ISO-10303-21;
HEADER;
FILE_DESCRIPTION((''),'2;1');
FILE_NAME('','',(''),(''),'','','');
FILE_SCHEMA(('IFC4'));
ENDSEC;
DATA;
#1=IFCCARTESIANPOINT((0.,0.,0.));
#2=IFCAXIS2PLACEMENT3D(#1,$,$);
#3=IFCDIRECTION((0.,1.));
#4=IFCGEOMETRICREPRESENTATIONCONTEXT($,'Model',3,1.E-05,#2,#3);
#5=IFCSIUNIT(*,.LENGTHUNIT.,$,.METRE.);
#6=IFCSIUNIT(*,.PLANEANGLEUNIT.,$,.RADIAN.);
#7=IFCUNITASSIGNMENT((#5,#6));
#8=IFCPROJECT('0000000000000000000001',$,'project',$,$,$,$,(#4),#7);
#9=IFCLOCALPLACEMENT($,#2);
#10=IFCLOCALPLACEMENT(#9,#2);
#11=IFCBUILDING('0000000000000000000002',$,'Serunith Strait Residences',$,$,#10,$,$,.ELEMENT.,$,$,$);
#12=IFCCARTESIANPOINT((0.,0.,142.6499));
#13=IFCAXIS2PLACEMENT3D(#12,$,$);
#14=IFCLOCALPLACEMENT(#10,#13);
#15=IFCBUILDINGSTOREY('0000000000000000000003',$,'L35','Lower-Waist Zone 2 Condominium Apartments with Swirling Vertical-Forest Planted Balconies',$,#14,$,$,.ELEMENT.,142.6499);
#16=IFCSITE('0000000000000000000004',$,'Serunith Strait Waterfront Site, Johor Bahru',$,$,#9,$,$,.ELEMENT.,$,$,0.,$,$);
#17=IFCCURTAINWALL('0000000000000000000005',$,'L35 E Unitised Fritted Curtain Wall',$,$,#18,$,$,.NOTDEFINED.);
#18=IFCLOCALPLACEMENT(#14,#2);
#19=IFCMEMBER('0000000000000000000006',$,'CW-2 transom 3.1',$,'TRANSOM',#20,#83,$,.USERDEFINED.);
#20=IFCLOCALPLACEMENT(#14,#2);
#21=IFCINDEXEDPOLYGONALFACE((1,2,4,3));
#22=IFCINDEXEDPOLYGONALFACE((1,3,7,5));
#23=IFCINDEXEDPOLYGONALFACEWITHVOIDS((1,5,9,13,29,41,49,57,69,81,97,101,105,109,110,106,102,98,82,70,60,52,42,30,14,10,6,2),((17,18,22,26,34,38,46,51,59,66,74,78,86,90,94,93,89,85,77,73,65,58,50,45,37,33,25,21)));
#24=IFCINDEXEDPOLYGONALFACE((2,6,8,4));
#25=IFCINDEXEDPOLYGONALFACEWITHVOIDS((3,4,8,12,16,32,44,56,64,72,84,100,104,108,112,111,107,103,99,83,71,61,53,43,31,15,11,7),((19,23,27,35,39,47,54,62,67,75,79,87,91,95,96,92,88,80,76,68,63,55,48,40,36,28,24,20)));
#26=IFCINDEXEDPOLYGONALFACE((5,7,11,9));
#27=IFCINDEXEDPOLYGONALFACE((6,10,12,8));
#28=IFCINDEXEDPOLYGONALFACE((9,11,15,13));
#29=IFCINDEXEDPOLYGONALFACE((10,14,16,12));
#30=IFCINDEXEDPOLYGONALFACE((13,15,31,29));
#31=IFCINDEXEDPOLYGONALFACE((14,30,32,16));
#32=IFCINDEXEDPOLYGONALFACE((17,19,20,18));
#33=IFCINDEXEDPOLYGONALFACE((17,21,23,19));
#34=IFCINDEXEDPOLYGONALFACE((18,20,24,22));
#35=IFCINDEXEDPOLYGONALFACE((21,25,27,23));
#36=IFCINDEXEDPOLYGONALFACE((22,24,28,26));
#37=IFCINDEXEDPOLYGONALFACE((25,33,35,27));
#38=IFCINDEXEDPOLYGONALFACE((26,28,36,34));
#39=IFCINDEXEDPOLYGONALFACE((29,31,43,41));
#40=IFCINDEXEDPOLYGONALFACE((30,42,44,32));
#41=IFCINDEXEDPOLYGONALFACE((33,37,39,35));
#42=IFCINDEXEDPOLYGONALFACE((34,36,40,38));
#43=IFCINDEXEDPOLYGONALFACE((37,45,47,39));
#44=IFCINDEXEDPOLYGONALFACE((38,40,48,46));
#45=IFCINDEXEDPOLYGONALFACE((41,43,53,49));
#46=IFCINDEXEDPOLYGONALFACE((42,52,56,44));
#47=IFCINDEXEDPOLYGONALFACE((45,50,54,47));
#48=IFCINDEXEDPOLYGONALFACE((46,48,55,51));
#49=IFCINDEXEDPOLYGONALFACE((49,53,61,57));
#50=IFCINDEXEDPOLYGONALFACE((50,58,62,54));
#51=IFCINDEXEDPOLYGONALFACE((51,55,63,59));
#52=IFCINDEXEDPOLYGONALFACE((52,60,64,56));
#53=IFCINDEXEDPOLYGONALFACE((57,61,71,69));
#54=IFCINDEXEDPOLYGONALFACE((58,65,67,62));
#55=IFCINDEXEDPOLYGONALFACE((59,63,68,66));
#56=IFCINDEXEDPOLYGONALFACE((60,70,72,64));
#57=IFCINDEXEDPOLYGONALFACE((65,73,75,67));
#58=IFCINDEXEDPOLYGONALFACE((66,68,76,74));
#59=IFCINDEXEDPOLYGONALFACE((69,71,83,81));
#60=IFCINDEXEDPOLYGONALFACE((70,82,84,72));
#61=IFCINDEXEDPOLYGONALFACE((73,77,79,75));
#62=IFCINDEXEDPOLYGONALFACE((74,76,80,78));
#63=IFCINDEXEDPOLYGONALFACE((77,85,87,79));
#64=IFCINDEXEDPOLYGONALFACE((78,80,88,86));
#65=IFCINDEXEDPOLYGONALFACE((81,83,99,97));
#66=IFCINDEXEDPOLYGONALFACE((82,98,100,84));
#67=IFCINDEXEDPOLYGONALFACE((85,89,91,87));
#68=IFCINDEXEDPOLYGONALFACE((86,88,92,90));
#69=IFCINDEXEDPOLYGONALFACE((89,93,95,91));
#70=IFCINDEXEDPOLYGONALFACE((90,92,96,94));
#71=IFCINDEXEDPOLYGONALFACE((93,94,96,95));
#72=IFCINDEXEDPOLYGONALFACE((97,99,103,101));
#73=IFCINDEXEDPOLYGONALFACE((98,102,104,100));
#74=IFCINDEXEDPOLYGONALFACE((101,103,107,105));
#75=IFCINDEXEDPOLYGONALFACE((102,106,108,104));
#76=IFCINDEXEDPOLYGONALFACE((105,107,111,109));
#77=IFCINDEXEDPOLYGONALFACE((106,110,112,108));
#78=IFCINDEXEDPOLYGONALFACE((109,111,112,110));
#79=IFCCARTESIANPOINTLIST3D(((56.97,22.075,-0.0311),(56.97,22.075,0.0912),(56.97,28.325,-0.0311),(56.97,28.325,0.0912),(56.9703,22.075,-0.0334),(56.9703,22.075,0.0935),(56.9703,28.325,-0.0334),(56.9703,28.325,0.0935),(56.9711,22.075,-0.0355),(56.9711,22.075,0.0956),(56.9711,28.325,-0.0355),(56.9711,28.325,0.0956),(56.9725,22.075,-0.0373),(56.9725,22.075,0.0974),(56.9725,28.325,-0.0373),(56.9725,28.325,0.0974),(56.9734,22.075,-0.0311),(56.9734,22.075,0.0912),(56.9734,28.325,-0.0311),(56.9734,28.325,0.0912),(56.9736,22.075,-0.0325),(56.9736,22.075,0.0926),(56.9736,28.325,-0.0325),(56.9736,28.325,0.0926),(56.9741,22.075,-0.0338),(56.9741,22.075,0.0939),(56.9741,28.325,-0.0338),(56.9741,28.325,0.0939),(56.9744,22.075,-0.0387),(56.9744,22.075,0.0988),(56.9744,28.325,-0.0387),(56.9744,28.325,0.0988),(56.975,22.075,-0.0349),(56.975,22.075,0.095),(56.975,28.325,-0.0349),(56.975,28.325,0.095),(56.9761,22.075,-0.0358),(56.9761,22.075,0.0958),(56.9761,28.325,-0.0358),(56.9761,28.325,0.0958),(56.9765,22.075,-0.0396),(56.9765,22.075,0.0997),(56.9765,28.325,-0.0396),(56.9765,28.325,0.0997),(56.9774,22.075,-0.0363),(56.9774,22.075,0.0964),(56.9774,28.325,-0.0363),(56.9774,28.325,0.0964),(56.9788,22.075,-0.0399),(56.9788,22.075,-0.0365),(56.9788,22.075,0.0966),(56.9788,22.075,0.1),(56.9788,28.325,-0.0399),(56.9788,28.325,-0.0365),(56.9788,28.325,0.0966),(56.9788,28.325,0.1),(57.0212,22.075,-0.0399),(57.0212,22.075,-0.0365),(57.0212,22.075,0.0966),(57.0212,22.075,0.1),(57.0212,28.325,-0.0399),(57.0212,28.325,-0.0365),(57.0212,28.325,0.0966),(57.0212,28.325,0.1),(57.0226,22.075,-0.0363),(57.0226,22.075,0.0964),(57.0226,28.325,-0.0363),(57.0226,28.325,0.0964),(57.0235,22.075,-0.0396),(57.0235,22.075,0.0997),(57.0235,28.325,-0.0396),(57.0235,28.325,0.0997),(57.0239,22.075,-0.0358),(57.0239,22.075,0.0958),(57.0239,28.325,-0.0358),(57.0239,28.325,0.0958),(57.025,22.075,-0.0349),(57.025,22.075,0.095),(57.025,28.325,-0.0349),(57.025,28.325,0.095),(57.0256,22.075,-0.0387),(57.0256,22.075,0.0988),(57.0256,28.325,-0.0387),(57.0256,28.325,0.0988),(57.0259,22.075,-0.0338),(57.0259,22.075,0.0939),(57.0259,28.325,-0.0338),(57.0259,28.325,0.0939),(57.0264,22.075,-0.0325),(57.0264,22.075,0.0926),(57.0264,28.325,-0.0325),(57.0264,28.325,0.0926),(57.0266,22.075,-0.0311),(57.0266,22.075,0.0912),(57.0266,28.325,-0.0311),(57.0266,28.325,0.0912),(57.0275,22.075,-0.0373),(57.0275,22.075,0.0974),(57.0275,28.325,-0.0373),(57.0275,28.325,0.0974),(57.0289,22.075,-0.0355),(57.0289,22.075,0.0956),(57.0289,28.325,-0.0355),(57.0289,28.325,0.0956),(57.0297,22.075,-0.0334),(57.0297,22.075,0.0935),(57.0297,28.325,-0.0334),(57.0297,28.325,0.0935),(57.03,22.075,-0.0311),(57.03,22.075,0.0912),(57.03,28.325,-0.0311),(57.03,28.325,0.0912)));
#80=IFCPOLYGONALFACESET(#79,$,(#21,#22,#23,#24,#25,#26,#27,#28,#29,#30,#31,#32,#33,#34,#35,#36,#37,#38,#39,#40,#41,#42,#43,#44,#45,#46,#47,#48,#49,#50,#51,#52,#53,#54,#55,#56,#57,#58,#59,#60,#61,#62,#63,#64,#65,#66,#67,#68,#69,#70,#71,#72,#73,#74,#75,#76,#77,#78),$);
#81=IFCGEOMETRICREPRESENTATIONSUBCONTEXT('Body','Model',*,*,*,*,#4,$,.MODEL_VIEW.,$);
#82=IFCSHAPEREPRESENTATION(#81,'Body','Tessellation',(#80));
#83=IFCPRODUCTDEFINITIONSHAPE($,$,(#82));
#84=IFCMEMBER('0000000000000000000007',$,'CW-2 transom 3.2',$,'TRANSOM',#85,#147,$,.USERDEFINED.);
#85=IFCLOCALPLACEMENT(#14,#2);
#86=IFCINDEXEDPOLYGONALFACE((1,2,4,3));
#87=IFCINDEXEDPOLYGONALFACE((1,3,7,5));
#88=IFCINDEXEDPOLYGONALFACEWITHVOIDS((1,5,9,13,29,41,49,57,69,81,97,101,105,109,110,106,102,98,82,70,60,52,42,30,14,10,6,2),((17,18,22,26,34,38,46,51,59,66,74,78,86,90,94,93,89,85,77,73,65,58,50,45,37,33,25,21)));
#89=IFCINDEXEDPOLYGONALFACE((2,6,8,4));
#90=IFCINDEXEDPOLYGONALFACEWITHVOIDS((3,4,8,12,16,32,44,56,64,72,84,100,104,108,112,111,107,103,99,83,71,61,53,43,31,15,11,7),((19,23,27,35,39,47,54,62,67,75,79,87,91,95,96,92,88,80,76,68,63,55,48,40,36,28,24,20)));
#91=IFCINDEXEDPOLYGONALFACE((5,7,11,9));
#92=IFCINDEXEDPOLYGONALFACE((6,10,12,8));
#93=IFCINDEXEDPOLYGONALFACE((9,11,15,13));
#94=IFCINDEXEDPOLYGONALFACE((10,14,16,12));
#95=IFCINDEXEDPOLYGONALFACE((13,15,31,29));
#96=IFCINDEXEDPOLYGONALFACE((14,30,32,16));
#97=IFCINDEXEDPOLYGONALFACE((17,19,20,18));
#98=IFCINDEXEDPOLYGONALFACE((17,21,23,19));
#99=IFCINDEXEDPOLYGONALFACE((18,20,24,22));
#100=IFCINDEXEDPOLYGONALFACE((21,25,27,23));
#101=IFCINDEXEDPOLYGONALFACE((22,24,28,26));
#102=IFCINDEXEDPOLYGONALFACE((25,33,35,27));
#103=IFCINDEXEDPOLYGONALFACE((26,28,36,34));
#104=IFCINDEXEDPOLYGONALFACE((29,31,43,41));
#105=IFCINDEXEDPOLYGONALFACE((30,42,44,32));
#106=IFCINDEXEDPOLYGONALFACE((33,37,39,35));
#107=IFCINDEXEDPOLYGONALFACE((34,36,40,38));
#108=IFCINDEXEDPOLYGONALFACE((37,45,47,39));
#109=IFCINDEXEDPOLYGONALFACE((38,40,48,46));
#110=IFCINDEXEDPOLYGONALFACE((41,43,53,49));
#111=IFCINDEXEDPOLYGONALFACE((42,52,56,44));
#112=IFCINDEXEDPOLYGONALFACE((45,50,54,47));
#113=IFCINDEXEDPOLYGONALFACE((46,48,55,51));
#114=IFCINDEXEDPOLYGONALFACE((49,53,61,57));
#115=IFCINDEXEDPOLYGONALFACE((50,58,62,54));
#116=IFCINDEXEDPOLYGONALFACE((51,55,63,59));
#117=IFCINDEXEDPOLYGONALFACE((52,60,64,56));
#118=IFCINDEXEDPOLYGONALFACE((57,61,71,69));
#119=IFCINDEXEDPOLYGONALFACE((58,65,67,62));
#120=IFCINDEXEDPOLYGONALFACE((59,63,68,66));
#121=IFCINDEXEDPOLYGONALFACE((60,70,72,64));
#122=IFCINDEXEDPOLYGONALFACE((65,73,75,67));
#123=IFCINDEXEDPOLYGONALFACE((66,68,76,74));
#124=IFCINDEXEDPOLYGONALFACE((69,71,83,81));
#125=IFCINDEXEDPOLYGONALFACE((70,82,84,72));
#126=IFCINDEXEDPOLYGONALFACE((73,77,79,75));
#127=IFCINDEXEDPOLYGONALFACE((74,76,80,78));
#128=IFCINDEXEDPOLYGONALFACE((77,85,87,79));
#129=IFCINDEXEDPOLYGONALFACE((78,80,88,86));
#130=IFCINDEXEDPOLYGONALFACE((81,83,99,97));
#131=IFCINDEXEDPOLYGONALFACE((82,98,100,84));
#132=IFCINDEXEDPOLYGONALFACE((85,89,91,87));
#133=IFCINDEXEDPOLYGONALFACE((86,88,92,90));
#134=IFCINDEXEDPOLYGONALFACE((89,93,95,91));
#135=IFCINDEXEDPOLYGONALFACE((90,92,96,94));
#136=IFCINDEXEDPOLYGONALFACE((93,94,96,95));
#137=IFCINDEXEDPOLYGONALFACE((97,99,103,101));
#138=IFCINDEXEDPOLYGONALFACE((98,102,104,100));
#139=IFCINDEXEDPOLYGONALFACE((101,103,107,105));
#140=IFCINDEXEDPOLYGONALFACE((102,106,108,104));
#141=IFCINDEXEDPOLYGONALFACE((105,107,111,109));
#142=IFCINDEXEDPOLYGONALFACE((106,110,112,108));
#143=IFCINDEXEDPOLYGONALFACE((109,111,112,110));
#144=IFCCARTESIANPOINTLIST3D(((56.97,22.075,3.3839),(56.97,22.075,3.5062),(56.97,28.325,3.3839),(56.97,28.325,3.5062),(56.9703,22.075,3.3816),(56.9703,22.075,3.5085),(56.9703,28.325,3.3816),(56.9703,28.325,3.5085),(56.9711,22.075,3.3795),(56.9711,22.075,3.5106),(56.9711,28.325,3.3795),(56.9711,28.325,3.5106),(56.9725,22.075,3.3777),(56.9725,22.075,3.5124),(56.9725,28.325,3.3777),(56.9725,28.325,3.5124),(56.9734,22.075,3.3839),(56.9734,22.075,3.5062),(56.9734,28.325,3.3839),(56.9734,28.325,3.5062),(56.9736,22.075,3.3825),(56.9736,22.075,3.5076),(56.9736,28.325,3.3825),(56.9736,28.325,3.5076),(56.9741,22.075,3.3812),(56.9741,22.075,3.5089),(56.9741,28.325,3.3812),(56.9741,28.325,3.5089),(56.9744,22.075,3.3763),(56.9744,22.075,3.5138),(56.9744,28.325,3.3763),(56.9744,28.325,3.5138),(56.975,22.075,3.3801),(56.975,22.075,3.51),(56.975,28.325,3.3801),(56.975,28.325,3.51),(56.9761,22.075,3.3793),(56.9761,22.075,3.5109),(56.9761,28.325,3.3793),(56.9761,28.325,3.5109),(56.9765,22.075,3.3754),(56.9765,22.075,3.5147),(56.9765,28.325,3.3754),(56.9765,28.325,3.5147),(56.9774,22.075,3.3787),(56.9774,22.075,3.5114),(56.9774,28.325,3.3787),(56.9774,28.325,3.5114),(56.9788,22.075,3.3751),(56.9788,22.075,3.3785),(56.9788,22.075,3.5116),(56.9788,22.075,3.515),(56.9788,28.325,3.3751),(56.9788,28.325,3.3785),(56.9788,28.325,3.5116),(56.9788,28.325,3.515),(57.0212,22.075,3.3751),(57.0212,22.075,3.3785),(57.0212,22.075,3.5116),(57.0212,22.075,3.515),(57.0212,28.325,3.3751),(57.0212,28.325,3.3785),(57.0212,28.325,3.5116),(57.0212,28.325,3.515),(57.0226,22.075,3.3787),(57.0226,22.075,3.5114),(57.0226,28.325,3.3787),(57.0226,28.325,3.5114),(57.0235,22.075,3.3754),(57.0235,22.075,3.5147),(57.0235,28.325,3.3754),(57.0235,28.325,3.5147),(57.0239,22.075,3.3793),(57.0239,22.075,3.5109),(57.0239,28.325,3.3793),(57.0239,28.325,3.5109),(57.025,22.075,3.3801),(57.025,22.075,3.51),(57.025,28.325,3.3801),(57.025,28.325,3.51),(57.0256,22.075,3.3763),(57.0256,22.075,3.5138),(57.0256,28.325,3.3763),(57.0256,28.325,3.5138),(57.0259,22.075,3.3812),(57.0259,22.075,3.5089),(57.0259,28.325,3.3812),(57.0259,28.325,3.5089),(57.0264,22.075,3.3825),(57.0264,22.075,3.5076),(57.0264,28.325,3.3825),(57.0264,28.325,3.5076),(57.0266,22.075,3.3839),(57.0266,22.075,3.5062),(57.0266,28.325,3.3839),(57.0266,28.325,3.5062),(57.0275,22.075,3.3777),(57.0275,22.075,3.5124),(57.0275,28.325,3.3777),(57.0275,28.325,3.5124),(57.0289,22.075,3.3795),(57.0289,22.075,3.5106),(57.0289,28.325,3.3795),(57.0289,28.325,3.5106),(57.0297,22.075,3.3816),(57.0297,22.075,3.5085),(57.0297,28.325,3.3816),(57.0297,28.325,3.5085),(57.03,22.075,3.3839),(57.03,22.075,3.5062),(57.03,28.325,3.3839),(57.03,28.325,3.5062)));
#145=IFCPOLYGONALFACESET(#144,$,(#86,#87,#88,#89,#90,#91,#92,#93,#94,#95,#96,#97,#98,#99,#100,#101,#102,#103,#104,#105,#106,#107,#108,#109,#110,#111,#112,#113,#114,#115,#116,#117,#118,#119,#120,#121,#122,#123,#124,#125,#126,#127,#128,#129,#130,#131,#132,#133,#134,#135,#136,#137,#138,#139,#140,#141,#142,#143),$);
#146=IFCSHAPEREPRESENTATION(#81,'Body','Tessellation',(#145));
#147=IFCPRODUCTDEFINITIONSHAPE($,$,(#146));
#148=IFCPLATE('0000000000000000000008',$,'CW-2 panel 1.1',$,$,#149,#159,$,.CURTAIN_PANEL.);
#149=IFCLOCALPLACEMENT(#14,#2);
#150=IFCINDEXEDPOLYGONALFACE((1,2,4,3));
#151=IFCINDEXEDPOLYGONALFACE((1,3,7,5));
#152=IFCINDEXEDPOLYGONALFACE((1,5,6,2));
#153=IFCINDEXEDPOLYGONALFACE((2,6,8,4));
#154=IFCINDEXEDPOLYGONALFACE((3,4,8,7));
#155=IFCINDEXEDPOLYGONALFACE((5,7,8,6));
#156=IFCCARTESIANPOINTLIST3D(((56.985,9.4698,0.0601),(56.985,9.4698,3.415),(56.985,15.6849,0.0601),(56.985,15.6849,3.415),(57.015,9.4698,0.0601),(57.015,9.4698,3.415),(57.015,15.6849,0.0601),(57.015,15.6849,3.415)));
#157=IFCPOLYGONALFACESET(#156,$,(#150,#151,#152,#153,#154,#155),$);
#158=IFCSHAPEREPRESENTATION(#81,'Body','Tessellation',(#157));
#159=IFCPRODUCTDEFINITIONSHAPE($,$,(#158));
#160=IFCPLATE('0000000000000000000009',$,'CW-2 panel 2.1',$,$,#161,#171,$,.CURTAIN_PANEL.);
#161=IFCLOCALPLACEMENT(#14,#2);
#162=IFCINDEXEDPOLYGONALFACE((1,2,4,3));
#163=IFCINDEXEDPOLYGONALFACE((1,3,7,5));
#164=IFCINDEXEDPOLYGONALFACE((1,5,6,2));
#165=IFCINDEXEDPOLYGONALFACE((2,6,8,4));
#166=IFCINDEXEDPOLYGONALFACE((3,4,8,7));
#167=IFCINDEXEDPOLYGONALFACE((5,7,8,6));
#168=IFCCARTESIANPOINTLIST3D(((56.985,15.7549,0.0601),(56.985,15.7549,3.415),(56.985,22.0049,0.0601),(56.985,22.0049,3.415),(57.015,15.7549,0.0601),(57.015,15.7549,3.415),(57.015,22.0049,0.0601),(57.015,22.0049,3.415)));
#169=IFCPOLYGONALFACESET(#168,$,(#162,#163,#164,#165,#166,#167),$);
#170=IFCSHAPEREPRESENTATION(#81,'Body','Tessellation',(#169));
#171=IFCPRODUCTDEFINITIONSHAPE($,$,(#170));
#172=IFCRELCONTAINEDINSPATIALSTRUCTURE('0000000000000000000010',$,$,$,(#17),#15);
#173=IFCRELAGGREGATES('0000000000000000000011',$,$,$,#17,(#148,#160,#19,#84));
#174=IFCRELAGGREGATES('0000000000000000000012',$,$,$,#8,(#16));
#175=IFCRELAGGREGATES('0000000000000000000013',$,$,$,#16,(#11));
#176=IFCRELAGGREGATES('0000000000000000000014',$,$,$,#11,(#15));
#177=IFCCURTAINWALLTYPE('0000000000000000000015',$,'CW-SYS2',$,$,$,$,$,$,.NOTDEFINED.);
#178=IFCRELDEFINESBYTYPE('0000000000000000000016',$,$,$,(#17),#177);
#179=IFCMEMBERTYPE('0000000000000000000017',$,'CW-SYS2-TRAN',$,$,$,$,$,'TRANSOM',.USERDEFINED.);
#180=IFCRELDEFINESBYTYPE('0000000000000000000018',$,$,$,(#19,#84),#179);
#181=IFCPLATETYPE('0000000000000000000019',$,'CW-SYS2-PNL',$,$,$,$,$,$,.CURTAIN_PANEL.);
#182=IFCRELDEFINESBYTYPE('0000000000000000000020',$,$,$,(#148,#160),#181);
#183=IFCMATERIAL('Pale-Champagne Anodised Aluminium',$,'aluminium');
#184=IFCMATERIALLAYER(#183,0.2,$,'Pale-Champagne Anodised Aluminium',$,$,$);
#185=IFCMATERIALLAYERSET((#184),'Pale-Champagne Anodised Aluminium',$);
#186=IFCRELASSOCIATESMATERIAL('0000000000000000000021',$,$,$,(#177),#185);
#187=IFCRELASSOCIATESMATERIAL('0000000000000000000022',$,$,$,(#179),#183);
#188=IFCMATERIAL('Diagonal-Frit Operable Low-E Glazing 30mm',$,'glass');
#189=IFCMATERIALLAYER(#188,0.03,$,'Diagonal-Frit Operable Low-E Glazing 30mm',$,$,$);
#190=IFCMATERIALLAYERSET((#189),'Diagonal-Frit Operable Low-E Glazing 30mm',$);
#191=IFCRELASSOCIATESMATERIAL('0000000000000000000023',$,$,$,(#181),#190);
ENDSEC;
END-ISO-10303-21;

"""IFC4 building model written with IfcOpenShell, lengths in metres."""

from ifc_helpers import new_model, si_unit, direction, frame, origin, origin_2d, place, context, subcontext, project, spatial, rectangle, hollow_rectangle, extrude, source, transform, mapped, material, layer, layer_set, material_profile, profile_set, type_object, element, aggregate, save


model = new_model("IFC4")

# Units and contexts
model_context = context("Model", 3, precision=1e-05, world=origin(), true_north=direction((0.0, 1.0)))
body_context = subcontext(model_context, "Body", "Model", "MODEL_VIEW")
ifc_project = project(units=[si_unit("LENGTHUNIT", "METRE"), si_unit("PLANEANGLEUNIT", "RADIAN")], contexts=[model_context])

# Site, building, storey
site_placement = place(None, origin())
site = spatial("IfcSite", under=ifc_project, at=site_placement, Name="Serunith Strait Waterfront Site, Johor Bahru", CompositionType="ELEMENT", RefElevation=0.0)
building_placement = place(site_placement, origin())
building = spatial("IfcBuilding", under=site, at=building_placement, Name="Serunith Strait Residences", CompositionType="ELEMENT")
storey_placement = place(building_placement, frame((0.0, 0.0, 142.6499)))
storey = spatial("IfcBuildingStorey", under=building, at=storey_placement, Name="L35", Description="Lower-Waist Zone 2 Condominium Apartments with Swirling Vertical-Forest Planted Balconies", CompositionType="ELEMENT", Elevation=142.6499)

# Curtain wall, members, plates
ifc_material_1 = material(Name="Pale-Champagne Anodised Aluminium", Category="aluminium")
ifc_layer_1 = layer(ifc_material_1, 0.2, Name="Pale-Champagne Anodised Aluminium")
ifc_layer_set_1 = layer_set([ifc_layer_1], Name="Pale-Champagne Anodised Aluminium")
curtain_wall_type = type_object("IfcCurtainWallType", Name="CW-SYS2", PredefinedType="NOTDEFINED", material=ifc_layer_set_1)
curtain_wall_placement = place(storey_placement, origin())
curtain_wall = element("IfcCurtainWall", 1, at=curtain_wall_placement, inside=storey, type_object=curtain_wall_type, Name="L35 E Unitised Fritted Curtain Wall", PredefinedType="NOTDEFINED")
ifc_material_profile_1 = material_profile(ifc_material_1, hollow_rectangle(XDim=0.0601, YDim=0.1399, WallThickness=0.0034, InnerFilletRadius=0.0054, OuterFilletRadius=0.0088, at=origin_2d()), Name="ALU 140x60x3.5")
ifc_profile_set_1 = profile_set([ifc_material_profile_1], Name="Pale-Champagne Anodised Aluminium")
member_type_1 = type_object("IfcMemberType", Name="CW-SYS2-TRAN", ElementType="TRANSOM", PredefinedType="USERDEFINED", material=ifc_profile_set_1)
shared_shape_1 = source(origin(), body_context, "Body", "SweptSolid", [
    extrude(hollow_rectangle(XDim=0.0601, YDim=0.1399, WallThickness=0.0034, InnerFilletRadius=0.0054, OuterFilletRadius=0.0088, at=origin_2d()), origin(), (0.0, 0.0, 1.0), 6.25),
])
member_1_placement = place(storey_placement, frame((57.0, 22.075, 0.03), z_axis=(0.0, 1.0, 0.0), x_axis=(-1.0, 0.0, 0.0)))
member_1 = element("IfcMember", 2, at=member_1_placement, type_object=member_type_1, Name="CW-2 transom 3.1", ObjectType="TRANSOM", PredefinedType="USERDEFINED", context=body_context, shape_type="MappedRepresentation", body=[
    mapped(shared_shape_1, transform((0.0, 0.0, 0.0), scale=1.0)),
])
member_2_placement = place(storey_placement, frame((57.0, 22.075, 3.4451), z_axis=(0.0, 1.0, 0.0), x_axis=(-1.0, 0.0, 0.0)))
member_2 = element("IfcMember", 3, at=member_2_placement, type_object=member_type_1, Name="CW-2 transom 3.2", ObjectType="TRANSOM", PredefinedType="USERDEFINED", context=body_context, shape_type="MappedRepresentation", body=[
    mapped(shared_shape_1, transform((0.0, 0.0, 0.0), scale=1.0)),
])
ifc_material_2 = material(Name="Diagonal-Frit Operable Low-E Glazing 30mm", Category="glass")
ifc_layer_2 = layer(ifc_material_2, 0.03, Name="Diagonal-Frit Operable Low-E Glazing 30mm")
ifc_layer_set_2 = layer_set([ifc_layer_2], Name="Diagonal-Frit Operable Low-E Glazing 30mm")
plate_type = type_object("IfcPlateType", Name="CW-SYS2-PNL", PredefinedType="CURTAIN_PANEL", material=ifc_layer_set_2)
shared_shape_2 = source(origin(), body_context, "Body", "SweptSolid", [
    extrude(rectangle(XDim=6.2151, YDim=0.03, at=origin_2d()), origin(), (0.0, 0.0, 1.0), 3.355),
])
plate_1_placement = place(storey_placement, frame((57.0, 12.5774, 0.0601), z_axis=(0.0, 0.0, 1.0), x_axis=(0.0, 1.0, 0.0)))
plate_1 = element("IfcPlate", 4, at=plate_1_placement, type_object=plate_type, Name="CW-2 panel 1.1", PredefinedType="CURTAIN_PANEL", context=body_context, shape_type="MappedRepresentation", body=[
    mapped(shared_shape_2, transform((0.0, 0.0, 0.0), scale=1.0)),
])
shared_shape_3 = source(origin(), body_context, "Body", "SweptSolid", [
    extrude(rectangle(XDim=6.25, YDim=0.03, at=origin_2d()), origin(), (0.0, 0.0, 1.0), 3.355),
])
plate_2_placement = place(storey_placement, frame((57.0, 18.8799, 0.0601), z_axis=(0.0, 0.0, 1.0), x_axis=(0.0, 1.0, 0.0)))
plate_2 = element("IfcPlate", 5, at=plate_2_placement, type_object=plate_type, Name="CW-2 panel 2.1", PredefinedType="CURTAIN_PANEL", context=body_context, shape_type="MappedRepresentation", body=[
    mapped(shared_shape_3, transform((0.0, 0.0, 0.0), scale=1.0)),
])
aggregate(curtain_wall, [plate_1, plate_2, member_1, member_2])

save(model, "model.ifc")
